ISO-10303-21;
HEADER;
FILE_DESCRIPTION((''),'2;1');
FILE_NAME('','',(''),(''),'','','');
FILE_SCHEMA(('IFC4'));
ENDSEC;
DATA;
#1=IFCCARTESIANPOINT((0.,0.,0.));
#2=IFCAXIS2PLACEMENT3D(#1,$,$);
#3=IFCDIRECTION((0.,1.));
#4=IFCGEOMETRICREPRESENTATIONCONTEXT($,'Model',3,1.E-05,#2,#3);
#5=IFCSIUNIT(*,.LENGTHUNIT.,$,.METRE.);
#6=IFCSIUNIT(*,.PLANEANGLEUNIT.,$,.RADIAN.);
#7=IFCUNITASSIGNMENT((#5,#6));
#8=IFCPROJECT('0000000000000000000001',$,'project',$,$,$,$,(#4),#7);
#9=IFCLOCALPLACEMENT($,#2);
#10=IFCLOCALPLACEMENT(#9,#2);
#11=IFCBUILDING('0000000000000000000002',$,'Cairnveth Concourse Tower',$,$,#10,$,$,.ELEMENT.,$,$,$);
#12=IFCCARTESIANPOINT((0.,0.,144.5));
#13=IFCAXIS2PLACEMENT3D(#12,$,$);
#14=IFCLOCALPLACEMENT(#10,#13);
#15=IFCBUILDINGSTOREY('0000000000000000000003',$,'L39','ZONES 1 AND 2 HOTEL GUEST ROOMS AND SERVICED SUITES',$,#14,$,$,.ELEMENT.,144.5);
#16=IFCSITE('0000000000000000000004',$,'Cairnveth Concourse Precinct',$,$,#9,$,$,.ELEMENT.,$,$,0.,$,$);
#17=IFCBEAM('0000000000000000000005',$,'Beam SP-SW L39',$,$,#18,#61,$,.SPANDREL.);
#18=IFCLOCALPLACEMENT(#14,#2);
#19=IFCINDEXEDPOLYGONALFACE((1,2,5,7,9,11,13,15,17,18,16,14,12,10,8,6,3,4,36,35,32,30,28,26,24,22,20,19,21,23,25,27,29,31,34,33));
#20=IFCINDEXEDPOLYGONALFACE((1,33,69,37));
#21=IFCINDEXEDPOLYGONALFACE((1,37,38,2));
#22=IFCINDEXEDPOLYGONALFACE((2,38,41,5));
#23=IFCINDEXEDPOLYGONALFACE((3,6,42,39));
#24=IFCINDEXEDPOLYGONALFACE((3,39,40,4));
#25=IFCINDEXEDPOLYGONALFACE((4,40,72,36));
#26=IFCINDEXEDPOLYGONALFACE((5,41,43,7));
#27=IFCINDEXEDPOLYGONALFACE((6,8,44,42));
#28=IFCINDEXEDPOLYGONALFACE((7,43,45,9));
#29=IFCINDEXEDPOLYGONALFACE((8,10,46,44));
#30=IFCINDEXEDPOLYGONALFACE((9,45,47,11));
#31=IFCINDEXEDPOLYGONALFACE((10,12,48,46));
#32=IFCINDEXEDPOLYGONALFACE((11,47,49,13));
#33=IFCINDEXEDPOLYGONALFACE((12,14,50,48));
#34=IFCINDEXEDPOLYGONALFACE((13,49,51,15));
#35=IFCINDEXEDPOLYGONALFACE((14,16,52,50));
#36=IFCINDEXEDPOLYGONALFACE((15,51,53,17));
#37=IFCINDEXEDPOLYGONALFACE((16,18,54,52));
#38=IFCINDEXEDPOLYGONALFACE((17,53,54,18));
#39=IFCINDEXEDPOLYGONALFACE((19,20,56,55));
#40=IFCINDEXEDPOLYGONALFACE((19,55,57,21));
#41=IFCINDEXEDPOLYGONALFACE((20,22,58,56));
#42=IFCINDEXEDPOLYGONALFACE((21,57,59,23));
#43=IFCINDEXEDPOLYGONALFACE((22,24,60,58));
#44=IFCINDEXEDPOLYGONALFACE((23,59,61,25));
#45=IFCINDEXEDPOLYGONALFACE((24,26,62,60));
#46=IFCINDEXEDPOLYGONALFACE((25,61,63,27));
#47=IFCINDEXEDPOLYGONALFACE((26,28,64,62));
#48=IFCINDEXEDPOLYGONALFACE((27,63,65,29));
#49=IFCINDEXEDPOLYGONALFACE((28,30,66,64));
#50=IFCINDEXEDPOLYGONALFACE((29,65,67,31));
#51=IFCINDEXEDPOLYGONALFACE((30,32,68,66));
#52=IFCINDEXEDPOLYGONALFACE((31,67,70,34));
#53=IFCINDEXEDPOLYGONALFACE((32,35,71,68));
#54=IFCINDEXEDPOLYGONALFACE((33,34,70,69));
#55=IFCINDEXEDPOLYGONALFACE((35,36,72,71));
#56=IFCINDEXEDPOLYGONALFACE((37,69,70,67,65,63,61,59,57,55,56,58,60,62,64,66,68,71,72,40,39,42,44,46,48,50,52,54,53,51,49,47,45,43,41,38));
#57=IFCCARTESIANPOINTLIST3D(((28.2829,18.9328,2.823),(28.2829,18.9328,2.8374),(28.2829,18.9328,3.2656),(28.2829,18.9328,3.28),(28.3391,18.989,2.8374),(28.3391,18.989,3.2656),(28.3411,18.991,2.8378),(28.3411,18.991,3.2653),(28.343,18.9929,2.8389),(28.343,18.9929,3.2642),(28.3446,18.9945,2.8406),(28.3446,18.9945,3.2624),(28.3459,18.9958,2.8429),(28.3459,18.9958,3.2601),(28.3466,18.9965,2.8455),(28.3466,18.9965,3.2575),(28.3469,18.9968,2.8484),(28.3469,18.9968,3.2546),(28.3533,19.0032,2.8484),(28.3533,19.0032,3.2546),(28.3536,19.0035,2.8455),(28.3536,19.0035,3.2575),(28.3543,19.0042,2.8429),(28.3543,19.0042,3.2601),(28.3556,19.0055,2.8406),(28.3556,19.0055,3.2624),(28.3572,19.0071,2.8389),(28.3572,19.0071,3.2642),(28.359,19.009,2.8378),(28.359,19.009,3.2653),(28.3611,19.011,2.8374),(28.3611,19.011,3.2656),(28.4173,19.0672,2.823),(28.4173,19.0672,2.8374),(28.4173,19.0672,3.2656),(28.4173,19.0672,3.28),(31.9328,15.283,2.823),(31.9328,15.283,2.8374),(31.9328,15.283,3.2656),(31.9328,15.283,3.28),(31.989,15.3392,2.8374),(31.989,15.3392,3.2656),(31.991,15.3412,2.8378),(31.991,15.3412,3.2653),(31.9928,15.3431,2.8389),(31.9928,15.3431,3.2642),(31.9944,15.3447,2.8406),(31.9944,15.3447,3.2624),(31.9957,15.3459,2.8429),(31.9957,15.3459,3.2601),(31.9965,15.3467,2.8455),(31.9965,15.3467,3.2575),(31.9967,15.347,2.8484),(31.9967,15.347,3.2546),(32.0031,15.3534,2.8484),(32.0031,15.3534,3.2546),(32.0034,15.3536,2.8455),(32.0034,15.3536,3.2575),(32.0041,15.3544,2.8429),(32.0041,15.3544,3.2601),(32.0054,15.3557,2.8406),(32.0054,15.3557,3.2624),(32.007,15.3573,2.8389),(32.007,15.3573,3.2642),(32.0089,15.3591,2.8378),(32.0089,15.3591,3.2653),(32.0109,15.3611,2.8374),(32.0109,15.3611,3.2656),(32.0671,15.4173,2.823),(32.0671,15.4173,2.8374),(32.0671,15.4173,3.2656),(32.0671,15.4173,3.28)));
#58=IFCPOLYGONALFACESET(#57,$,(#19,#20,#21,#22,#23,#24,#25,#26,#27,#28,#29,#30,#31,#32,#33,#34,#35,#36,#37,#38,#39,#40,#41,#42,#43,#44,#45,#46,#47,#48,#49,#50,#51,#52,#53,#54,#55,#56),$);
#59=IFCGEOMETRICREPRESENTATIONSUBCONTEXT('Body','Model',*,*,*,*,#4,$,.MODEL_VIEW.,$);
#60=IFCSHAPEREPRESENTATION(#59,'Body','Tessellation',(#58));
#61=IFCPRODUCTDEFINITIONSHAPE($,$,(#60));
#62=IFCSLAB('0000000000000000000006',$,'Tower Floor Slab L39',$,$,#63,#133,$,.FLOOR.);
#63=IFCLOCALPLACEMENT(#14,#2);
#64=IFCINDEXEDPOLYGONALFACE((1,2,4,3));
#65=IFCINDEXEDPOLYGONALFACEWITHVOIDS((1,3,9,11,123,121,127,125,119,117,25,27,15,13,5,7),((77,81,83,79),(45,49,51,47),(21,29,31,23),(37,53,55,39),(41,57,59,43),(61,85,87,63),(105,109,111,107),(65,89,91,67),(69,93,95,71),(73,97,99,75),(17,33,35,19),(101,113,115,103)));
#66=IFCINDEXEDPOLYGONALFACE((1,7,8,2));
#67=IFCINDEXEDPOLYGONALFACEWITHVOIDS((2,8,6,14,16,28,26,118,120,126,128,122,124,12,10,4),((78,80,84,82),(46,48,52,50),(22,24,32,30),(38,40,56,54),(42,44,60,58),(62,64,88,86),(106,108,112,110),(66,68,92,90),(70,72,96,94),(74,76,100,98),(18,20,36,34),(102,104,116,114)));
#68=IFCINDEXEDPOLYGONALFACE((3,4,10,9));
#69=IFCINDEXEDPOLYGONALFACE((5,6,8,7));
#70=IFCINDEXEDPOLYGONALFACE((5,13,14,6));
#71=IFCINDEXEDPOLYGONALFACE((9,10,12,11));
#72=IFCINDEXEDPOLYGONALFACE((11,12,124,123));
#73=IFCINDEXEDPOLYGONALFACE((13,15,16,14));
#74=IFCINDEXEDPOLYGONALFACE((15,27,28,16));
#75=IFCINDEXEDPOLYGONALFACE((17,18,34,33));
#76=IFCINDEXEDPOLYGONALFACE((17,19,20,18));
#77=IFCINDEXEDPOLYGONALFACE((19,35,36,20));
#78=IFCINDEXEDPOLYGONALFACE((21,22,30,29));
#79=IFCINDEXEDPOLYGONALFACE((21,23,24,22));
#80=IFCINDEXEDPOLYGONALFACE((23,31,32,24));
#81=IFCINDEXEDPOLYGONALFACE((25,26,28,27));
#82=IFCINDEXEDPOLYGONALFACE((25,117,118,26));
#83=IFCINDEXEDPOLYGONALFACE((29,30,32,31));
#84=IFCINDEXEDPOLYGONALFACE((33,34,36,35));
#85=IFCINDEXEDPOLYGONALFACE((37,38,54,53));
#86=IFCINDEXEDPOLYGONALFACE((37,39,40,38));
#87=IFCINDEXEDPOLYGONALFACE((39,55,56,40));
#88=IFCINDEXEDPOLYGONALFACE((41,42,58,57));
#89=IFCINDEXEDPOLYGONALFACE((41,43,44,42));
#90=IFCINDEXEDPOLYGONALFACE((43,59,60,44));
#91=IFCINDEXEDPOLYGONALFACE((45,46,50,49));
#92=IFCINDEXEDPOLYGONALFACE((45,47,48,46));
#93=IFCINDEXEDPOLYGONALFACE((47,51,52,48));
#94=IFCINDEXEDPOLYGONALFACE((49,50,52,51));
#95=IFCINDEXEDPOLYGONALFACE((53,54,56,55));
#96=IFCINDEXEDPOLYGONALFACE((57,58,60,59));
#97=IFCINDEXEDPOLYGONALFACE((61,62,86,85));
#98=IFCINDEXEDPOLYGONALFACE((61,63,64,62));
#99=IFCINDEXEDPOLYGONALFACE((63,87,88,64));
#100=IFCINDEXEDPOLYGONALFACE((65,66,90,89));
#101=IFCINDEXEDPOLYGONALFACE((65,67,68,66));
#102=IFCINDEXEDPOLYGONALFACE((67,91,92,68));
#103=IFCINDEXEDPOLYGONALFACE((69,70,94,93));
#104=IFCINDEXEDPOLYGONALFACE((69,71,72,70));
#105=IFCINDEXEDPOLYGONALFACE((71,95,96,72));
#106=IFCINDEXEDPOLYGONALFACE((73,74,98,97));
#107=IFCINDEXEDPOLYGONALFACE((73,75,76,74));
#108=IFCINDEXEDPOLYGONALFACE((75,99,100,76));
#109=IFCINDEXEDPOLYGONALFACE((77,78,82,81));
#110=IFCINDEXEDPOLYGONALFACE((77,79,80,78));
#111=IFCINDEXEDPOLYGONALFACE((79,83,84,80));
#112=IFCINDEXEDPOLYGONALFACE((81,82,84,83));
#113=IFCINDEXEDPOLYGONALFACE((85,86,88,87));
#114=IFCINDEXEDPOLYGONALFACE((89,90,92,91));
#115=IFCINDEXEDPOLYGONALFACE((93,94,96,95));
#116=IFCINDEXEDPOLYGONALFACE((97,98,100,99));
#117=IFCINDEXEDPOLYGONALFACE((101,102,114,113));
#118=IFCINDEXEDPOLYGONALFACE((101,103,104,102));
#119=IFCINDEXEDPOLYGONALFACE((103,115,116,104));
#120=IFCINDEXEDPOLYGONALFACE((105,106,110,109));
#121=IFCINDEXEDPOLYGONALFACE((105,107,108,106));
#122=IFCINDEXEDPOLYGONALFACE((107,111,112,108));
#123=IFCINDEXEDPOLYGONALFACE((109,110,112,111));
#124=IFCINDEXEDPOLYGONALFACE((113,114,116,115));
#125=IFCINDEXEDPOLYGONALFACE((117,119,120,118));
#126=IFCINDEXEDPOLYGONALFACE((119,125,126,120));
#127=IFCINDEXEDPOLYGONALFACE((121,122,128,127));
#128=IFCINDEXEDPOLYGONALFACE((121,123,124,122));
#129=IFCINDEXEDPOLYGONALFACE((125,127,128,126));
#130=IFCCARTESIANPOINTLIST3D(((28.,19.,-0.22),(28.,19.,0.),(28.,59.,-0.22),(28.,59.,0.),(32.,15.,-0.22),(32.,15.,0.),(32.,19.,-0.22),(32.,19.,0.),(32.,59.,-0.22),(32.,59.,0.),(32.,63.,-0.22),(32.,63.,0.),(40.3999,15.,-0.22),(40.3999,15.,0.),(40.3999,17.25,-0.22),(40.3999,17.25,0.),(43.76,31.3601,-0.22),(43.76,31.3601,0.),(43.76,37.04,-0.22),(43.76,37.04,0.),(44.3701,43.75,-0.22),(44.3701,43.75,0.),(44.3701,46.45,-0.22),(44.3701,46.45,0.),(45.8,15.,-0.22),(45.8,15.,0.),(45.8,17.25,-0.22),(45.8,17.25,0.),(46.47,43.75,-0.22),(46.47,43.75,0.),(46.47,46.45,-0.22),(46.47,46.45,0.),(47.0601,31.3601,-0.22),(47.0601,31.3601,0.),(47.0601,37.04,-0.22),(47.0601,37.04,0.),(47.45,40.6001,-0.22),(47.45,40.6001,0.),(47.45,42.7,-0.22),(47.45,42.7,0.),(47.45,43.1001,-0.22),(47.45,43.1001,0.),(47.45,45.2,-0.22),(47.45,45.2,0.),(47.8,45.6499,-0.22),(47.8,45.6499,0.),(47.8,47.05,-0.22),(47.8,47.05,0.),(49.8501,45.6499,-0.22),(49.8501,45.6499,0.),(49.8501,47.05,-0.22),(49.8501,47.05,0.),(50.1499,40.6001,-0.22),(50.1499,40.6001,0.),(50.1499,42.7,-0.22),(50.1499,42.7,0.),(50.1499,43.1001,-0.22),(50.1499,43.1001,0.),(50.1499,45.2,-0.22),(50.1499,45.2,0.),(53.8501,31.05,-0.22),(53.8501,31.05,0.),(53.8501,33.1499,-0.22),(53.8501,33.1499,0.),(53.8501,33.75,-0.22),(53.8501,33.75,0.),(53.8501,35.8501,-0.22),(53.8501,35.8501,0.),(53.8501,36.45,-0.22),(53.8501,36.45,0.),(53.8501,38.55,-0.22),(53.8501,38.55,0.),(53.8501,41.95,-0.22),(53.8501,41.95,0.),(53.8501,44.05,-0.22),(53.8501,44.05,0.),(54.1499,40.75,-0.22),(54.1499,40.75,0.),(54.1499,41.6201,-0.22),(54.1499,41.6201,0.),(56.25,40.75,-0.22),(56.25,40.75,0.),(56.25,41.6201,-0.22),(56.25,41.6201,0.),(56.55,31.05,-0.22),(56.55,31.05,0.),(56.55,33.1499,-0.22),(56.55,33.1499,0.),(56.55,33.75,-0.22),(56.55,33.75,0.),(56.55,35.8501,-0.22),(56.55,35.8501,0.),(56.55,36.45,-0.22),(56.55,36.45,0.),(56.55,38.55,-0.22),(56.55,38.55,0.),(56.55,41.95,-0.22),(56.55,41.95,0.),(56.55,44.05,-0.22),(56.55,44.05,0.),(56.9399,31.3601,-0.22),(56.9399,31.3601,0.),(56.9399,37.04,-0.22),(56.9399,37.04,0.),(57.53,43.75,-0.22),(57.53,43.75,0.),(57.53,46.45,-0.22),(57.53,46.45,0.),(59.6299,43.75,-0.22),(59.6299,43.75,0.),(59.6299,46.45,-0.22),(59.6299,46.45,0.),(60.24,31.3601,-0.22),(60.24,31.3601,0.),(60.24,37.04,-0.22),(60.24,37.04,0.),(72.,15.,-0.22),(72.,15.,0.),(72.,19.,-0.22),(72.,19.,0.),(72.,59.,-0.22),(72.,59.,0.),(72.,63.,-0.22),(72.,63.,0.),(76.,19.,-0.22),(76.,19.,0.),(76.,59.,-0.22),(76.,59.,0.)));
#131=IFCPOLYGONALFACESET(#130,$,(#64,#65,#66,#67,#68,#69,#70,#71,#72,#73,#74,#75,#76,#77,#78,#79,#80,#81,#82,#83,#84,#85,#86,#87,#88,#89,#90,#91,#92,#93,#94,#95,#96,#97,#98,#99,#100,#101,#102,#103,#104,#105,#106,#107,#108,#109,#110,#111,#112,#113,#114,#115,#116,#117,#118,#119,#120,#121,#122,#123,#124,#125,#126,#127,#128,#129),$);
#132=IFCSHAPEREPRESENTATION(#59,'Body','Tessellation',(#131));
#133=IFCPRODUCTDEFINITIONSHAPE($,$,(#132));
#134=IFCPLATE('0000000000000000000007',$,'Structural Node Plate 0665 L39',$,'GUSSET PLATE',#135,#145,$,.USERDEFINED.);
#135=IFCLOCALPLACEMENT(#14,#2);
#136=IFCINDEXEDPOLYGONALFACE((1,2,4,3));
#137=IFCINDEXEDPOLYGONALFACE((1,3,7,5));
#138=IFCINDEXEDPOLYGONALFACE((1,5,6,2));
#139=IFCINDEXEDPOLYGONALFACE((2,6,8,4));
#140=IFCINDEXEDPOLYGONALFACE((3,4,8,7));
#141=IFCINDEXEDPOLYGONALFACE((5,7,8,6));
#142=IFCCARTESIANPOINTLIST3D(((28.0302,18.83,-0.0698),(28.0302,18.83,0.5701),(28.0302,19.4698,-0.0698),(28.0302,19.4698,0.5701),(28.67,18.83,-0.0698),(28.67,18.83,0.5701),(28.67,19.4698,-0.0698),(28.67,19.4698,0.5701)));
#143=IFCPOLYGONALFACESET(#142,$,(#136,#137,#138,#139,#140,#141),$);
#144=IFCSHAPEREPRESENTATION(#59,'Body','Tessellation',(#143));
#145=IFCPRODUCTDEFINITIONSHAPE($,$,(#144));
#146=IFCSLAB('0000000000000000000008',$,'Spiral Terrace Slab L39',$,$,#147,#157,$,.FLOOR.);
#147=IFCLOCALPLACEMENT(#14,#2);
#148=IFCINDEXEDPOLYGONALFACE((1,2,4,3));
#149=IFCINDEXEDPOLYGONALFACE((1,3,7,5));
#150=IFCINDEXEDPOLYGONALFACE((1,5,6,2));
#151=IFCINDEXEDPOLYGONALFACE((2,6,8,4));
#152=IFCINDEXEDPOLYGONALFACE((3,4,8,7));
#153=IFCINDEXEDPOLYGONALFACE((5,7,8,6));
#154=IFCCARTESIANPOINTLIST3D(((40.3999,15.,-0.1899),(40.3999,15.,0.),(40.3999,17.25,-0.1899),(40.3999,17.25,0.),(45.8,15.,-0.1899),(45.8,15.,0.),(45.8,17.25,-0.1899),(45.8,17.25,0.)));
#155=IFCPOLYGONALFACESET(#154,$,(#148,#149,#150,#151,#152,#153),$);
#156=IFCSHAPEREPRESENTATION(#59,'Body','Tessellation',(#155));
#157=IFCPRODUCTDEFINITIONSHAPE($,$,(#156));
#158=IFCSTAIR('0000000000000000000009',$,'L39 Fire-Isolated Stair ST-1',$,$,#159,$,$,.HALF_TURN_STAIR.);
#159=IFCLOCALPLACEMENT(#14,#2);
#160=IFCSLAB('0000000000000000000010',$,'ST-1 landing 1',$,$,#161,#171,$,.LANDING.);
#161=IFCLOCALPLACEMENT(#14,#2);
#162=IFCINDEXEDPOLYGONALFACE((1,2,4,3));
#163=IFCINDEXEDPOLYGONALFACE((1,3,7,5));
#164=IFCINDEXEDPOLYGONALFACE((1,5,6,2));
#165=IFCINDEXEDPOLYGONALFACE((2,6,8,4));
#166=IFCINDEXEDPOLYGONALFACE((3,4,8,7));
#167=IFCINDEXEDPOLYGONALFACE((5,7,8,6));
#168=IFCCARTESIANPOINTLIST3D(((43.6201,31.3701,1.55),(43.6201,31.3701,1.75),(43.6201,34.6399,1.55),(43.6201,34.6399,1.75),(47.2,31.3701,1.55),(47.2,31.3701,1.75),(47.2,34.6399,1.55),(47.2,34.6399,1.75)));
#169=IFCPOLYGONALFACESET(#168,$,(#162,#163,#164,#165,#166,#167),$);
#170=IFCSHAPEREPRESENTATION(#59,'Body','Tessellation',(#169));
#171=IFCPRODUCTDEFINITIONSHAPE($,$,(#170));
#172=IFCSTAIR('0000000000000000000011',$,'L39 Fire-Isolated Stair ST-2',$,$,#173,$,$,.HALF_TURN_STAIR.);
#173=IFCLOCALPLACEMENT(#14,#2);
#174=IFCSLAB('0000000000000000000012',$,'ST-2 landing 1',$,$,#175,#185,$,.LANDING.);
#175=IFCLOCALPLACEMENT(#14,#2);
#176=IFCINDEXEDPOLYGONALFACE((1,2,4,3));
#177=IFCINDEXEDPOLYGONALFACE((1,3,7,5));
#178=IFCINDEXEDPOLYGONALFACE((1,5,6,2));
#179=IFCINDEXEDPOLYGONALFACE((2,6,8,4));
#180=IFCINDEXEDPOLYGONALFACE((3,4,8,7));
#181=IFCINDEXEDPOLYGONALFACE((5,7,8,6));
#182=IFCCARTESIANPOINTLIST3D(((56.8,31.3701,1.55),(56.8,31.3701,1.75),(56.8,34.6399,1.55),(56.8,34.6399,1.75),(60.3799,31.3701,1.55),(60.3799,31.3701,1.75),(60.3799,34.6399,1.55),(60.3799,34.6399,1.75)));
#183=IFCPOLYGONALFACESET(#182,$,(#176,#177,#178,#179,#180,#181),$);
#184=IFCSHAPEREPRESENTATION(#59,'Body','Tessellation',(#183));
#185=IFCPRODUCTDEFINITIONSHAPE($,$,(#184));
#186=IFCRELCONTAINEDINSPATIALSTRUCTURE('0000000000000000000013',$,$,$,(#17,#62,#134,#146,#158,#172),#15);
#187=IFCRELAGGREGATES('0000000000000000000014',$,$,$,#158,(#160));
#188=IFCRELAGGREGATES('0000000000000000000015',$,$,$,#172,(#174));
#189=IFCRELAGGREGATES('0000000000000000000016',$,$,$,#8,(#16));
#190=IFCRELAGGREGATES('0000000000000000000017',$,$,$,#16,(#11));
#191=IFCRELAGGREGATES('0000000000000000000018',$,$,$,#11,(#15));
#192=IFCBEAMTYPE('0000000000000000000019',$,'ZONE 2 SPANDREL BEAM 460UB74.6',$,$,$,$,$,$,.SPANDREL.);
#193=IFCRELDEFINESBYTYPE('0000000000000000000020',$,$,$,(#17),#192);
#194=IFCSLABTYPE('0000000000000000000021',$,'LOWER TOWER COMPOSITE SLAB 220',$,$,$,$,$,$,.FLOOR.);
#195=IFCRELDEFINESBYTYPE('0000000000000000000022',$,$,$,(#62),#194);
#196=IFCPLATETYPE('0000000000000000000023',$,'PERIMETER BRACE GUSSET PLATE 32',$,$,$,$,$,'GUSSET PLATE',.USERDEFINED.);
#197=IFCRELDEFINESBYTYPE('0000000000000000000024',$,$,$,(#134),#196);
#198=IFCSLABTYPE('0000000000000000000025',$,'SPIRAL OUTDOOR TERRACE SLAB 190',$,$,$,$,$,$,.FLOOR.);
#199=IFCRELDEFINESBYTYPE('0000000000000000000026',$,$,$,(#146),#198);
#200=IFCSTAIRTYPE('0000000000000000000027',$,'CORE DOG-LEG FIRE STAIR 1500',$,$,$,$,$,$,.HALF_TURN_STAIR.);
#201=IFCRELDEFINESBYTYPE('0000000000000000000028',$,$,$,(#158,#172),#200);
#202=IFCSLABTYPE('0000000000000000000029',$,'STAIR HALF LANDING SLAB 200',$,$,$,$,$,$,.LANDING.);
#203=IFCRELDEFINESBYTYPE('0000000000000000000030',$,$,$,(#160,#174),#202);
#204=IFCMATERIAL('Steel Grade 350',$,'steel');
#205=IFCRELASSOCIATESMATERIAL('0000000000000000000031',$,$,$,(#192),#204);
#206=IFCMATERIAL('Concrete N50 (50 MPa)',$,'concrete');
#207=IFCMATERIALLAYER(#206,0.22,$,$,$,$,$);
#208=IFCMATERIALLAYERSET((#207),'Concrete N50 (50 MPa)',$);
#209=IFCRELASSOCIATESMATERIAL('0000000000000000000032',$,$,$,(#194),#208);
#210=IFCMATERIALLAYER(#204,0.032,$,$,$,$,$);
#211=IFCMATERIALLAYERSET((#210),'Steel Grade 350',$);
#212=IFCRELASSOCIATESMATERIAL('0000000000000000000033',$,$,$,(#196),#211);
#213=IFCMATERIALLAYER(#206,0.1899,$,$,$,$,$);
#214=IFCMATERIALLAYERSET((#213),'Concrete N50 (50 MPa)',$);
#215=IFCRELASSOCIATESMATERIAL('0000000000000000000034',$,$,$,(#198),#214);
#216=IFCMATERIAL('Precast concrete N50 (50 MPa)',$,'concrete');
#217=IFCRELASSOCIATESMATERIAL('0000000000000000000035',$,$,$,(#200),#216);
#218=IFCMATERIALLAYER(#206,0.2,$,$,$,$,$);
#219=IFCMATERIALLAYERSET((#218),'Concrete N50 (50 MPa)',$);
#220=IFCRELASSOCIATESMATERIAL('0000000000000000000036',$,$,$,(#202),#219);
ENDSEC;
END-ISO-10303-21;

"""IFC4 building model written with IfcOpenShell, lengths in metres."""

from ifc_helpers import new_model, si_unit, direction, frame, origin, origin_2d, place, context, subcontext, project, spatial, polyline, rectangle, i_section, outline, extrude, material, layer, layer_set, material_profile, profile_set, type_object, element, aggregate, save


model = new_model("IFC4")

# Units and contexts
model_context = context("Model", 3, precision=1e-05, world=origin(), true_north=direction((0.0, 1.0)))
body_context = subcontext(model_context, "Body", "Model", "MODEL_VIEW")
ifc_project = project(units=[si_unit("LENGTHUNIT", "METRE"), si_unit("PLANEANGLEUNIT", "RADIAN")], contexts=[model_context])

# Site, building, storey
site_placement = place(None, origin())
site = spatial("IfcSite", under=ifc_project, at=site_placement, Name="Cairnveth Concourse Precinct", CompositionType="ELEMENT", RefElevation=0.0)
building_placement = place(site_placement, origin())
building = spatial("IfcBuilding", under=site, at=building_placement, Name="Cairnveth Concourse Tower", CompositionType="ELEMENT")
storey_placement = place(building_placement, frame((0.0, 0.0, 144.5)))
storey = spatial("IfcBuildingStorey", under=building, at=storey_placement, Name="L39", Description="ZONES 1 AND 2 HOTEL GUEST ROOMS AND SERVICED SUITES", CompositionType="ELEMENT", Elevation=144.5)

# Shared definitions
ifc_material_1 = material(Name="Steel Grade 350", Category="steel")

# Beam
ifc_material_profile_1 = material_profile(ifc_material_1, i_section(OverallWidth=0.1899, OverallDepth=0.457, WebThickness=0.009, FlangeThickness=0.0144, FilletRadius=0.011, at=origin_2d()), Name="460UB74.6")
ifc_profile_set_1 = profile_set([ifc_material_profile_1], Name="Steel Grade 350")
beam_type_1 = type_object("IfcBeamType", Name="ZONE 2 SPANDREL BEAM 460UB74.6", PredefinedType="SPANDREL", material=ifc_profile_set_1)
beam_1_placement = place(storey_placement, frame((28.3501, 19.0, 3.0515), z_axis=(0.707107, -0.707107, 0.0), x_axis=(0.707107, 0.707107, 0.0)))
element("IfcBeam", 1, at=beam_1_placement, inside=storey, type_object=beam_type_1, Name="Beam SP-SW L39", PredefinedType="SPANDREL", context=body_context, shape_type="SweptSolid", body=[
    extrude(i_section(OverallWidth=0.1899, OverallDepth=0.457, WebThickness=0.009, FlangeThickness=0.0144, FilletRadius=0.011, at=origin_2d()), origin(), (0.0, 0.0, 1.0), 5.1616),
])

# Slab
ifc_material_2 = material(Name="Concrete N50 (50 MPa)", Category="concrete")
ifc_layer_1 = layer(ifc_material_2, 0.22)
ifc_layer_set_1 = layer_set([ifc_layer_1], Name="Concrete N50 (50 MPa)")
slab_type_1 = type_object("IfcSlabType", Name="LOWER TOWER COMPOSITE SLAB 220", PredefinedType="FLOOR", material=ifc_layer_set_1)
slab_1_placement = place(storey_placement, frame((0.0, 0.0, -0.22)))
element("IfcSlab", 2, at=slab_1_placement, inside=storey, type_object=slab_type_1, Name="Tower Floor Slab L39", PredefinedType="FLOOR", context=body_context, shape_type="SweptSolid", body=[
    extrude(outline(polyline([(40.3999, 15.0), (40.3999, 17.25), (45.8, 17.25), (45.8, 15.0), (72.0, 15.0), (72.0, 19.0), (76.0, 19.0), (76.0, 59.0), (72.0, 59.0), (72.0, 63.0), (32.0, 63.0), (32.0, 59.0), (28.0, 59.0), (28.0, 19.0), (32.0, 19.0), (32.0, 15.0), (40.3999, 15.0)]), holes=[polyline([(43.76, 31.3601), (47.0601, 31.3601), (47.0601, 37.04), (43.76, 37.04), (43.76, 31.3601)]), polyline([(56.9399, 31.3601), (60.24, 31.3601), (60.24, 37.04), (56.9399, 37.04), (56.9399, 31.3601)]), polyline([(44.3701, 43.75), (46.47, 43.75), (46.47, 46.45), (44.3701, 46.45), (44.3701, 43.75)]), polyline([(57.53, 43.75), (59.6299, 43.75), (59.6299, 46.45), (57.53, 46.45), (57.53, 43.75)]), polyline([(53.8501, 31.05), (56.55, 31.05), (56.55, 33.1499), (53.8501, 33.1499), (53.8501, 31.05)]), polyline([(53.8501, 33.75), (56.55, 33.75), (56.55, 35.8501), (53.8501, 35.8501), (53.8501, 33.75)]), polyline([(53.8501, 36.45), (56.55, 36.45), (56.55, 38.55), (53.8501, 38.55), (53.8501, 36.45)]), polyline([(47.45, 40.6001), (50.1499, 40.6001), (50.1499, 42.7), (47.45, 42.7), (47.45, 40.6001)]), polyline([(47.45, 43.1001), (50.1499, 43.1001), (50.1499, 45.2), (47.45, 45.2), (47.45, 43.1001)]), polyline([(53.8501, 41.95), (56.55, 41.95), (56.55, 44.05), (53.8501, 44.05), (53.8501, 41.95)]), polyline([(47.8, 45.6499), (49.8501, 45.6499), (49.8501, 47.05), (47.8, 47.05), (47.8, 45.6499)]), polyline([(54.1499, 40.75), (56.25, 40.75), (56.25, 41.6201), (54.1499, 41.6201), (54.1499, 40.75)])]), origin(), (0.0, 0.0, 1.0), 0.22),
])

# Plate
ifc_layer_2 = layer(ifc_material_1, 0.032)
ifc_layer_set_2 = layer_set([ifc_layer_2], Name="Steel Grade 350")
plate_type = type_object("IfcPlateType", Name="PERIMETER BRACE GUSSET PLATE 32", ElementType="GUSSET PLATE", PredefinedType="USERDEFINED", material=ifc_layer_set_2)
plate_placement = place(storey_placement, frame((28.3501, 19.1499, -0.0698), z_axis=(0.0, 0.0, 1.0), x_axis=(1.0, 0.0, 0.0)))
element("IfcPlate", 3, at=plate_placement, inside=storey, type_object=plate_type, Name="Structural Node Plate 0665 L39", ObjectType="GUSSET PLATE", PredefinedType="USERDEFINED", context=body_context, shape_type="SweptSolid", body=[
    extrude(rectangle(XDim=0.6399, YDim=0.6399, at=origin_2d()), origin(), (0.0, 0.0, 1.0), 0.6399),
])

# Slab
ifc_layer_3 = layer(ifc_material_2, 0.1899)
ifc_layer_set_3 = layer_set([ifc_layer_3], Name="Concrete N50 (50 MPa)")
slab_type_2 = type_object("IfcSlabType", Name="SPIRAL OUTDOOR TERRACE SLAB 190", PredefinedType="FLOOR", material=ifc_layer_set_3)
slab_2_placement = place(storey_placement, frame((0.0, 0.0, -0.1899)))
element("IfcSlab", 4, at=slab_2_placement, inside=storey, type_object=slab_type_2, Name="Spiral Terrace Slab L39", PredefinedType="FLOOR", context=body_context, shape_type="SweptSolid", body=[
    extrude(outline(polyline([(40.3999, 15.0), (45.8, 15.0), (45.8, 17.25), (40.3999, 17.25), (40.3999, 15.0)])), origin(), (0.0, 0.0, 1.0), 0.1899),
])

# Stairs, slabs
ifc_material_3 = material(Name="Precast concrete N50 (50 MPa)", Category="concrete")
stair_type = type_object("IfcStairType", Name="CORE DOG-LEG FIRE STAIR 1500", PredefinedType="HALF_TURN_STAIR", material=ifc_material_3)
stair_1_placement = place(storey_placement, origin())
stair_1 = element("IfcStair", 5, at=stair_1_placement, inside=storey, type_object=stair_type, Name="L39 Fire-Isolated Stair ST-1", PredefinedType="HALF_TURN_STAIR")
ifc_layer_4 = layer(ifc_material_2, 0.2)
ifc_layer_set_4 = layer_set([ifc_layer_4], Name="Concrete N50 (50 MPa)")
slab_type_3 = type_object("IfcSlabType", Name="STAIR HALF LANDING SLAB 200", PredefinedType="LANDING", material=ifc_layer_set_4)
slab_3_placement = place(storey_placement, frame((0.0, 0.0, 1.55)))
slab_3 = element("IfcSlab", 6, at=slab_3_placement, type_object=slab_type_3, Name="ST-1 landing 1", PredefinedType="LANDING", context=body_context, shape_type="SweptSolid", body=[
    extrude(outline(polyline([(43.6201, 34.6399), (43.6201, 31.3701), (47.2, 31.3701), (47.2, 34.6399), (43.6201, 34.6399)])), origin(), (0.0, 0.0, 1.0), 0.2),
])
aggregate(stair_1, [slab_3])
stair_2_placement = place(storey_placement, origin())
stair_2 = element("IfcStair", 7, at=stair_2_placement, inside=storey, type_object=stair_type, Name="L39 Fire-Isolated Stair ST-2", PredefinedType="HALF_TURN_STAIR")
slab_4_placement = place(storey_placement, frame((0.0, 0.0, 1.55)))
slab_4 = element("IfcSlab", 8, at=slab_4_placement, type_object=slab_type_3, Name="ST-2 landing 1", PredefinedType="LANDING", context=body_context, shape_type="SweptSolid", body=[
    extrude(outline(polyline([(56.8, 34.6399), (56.8, 31.3701), (60.3799, 31.3701), (60.3799, 34.6399), (56.8, 34.6399)])), origin(), (0.0, 0.0, 1.0), 0.2),
])
aggregate(stair_2, [slab_4])

save(model, "model.ifc")
